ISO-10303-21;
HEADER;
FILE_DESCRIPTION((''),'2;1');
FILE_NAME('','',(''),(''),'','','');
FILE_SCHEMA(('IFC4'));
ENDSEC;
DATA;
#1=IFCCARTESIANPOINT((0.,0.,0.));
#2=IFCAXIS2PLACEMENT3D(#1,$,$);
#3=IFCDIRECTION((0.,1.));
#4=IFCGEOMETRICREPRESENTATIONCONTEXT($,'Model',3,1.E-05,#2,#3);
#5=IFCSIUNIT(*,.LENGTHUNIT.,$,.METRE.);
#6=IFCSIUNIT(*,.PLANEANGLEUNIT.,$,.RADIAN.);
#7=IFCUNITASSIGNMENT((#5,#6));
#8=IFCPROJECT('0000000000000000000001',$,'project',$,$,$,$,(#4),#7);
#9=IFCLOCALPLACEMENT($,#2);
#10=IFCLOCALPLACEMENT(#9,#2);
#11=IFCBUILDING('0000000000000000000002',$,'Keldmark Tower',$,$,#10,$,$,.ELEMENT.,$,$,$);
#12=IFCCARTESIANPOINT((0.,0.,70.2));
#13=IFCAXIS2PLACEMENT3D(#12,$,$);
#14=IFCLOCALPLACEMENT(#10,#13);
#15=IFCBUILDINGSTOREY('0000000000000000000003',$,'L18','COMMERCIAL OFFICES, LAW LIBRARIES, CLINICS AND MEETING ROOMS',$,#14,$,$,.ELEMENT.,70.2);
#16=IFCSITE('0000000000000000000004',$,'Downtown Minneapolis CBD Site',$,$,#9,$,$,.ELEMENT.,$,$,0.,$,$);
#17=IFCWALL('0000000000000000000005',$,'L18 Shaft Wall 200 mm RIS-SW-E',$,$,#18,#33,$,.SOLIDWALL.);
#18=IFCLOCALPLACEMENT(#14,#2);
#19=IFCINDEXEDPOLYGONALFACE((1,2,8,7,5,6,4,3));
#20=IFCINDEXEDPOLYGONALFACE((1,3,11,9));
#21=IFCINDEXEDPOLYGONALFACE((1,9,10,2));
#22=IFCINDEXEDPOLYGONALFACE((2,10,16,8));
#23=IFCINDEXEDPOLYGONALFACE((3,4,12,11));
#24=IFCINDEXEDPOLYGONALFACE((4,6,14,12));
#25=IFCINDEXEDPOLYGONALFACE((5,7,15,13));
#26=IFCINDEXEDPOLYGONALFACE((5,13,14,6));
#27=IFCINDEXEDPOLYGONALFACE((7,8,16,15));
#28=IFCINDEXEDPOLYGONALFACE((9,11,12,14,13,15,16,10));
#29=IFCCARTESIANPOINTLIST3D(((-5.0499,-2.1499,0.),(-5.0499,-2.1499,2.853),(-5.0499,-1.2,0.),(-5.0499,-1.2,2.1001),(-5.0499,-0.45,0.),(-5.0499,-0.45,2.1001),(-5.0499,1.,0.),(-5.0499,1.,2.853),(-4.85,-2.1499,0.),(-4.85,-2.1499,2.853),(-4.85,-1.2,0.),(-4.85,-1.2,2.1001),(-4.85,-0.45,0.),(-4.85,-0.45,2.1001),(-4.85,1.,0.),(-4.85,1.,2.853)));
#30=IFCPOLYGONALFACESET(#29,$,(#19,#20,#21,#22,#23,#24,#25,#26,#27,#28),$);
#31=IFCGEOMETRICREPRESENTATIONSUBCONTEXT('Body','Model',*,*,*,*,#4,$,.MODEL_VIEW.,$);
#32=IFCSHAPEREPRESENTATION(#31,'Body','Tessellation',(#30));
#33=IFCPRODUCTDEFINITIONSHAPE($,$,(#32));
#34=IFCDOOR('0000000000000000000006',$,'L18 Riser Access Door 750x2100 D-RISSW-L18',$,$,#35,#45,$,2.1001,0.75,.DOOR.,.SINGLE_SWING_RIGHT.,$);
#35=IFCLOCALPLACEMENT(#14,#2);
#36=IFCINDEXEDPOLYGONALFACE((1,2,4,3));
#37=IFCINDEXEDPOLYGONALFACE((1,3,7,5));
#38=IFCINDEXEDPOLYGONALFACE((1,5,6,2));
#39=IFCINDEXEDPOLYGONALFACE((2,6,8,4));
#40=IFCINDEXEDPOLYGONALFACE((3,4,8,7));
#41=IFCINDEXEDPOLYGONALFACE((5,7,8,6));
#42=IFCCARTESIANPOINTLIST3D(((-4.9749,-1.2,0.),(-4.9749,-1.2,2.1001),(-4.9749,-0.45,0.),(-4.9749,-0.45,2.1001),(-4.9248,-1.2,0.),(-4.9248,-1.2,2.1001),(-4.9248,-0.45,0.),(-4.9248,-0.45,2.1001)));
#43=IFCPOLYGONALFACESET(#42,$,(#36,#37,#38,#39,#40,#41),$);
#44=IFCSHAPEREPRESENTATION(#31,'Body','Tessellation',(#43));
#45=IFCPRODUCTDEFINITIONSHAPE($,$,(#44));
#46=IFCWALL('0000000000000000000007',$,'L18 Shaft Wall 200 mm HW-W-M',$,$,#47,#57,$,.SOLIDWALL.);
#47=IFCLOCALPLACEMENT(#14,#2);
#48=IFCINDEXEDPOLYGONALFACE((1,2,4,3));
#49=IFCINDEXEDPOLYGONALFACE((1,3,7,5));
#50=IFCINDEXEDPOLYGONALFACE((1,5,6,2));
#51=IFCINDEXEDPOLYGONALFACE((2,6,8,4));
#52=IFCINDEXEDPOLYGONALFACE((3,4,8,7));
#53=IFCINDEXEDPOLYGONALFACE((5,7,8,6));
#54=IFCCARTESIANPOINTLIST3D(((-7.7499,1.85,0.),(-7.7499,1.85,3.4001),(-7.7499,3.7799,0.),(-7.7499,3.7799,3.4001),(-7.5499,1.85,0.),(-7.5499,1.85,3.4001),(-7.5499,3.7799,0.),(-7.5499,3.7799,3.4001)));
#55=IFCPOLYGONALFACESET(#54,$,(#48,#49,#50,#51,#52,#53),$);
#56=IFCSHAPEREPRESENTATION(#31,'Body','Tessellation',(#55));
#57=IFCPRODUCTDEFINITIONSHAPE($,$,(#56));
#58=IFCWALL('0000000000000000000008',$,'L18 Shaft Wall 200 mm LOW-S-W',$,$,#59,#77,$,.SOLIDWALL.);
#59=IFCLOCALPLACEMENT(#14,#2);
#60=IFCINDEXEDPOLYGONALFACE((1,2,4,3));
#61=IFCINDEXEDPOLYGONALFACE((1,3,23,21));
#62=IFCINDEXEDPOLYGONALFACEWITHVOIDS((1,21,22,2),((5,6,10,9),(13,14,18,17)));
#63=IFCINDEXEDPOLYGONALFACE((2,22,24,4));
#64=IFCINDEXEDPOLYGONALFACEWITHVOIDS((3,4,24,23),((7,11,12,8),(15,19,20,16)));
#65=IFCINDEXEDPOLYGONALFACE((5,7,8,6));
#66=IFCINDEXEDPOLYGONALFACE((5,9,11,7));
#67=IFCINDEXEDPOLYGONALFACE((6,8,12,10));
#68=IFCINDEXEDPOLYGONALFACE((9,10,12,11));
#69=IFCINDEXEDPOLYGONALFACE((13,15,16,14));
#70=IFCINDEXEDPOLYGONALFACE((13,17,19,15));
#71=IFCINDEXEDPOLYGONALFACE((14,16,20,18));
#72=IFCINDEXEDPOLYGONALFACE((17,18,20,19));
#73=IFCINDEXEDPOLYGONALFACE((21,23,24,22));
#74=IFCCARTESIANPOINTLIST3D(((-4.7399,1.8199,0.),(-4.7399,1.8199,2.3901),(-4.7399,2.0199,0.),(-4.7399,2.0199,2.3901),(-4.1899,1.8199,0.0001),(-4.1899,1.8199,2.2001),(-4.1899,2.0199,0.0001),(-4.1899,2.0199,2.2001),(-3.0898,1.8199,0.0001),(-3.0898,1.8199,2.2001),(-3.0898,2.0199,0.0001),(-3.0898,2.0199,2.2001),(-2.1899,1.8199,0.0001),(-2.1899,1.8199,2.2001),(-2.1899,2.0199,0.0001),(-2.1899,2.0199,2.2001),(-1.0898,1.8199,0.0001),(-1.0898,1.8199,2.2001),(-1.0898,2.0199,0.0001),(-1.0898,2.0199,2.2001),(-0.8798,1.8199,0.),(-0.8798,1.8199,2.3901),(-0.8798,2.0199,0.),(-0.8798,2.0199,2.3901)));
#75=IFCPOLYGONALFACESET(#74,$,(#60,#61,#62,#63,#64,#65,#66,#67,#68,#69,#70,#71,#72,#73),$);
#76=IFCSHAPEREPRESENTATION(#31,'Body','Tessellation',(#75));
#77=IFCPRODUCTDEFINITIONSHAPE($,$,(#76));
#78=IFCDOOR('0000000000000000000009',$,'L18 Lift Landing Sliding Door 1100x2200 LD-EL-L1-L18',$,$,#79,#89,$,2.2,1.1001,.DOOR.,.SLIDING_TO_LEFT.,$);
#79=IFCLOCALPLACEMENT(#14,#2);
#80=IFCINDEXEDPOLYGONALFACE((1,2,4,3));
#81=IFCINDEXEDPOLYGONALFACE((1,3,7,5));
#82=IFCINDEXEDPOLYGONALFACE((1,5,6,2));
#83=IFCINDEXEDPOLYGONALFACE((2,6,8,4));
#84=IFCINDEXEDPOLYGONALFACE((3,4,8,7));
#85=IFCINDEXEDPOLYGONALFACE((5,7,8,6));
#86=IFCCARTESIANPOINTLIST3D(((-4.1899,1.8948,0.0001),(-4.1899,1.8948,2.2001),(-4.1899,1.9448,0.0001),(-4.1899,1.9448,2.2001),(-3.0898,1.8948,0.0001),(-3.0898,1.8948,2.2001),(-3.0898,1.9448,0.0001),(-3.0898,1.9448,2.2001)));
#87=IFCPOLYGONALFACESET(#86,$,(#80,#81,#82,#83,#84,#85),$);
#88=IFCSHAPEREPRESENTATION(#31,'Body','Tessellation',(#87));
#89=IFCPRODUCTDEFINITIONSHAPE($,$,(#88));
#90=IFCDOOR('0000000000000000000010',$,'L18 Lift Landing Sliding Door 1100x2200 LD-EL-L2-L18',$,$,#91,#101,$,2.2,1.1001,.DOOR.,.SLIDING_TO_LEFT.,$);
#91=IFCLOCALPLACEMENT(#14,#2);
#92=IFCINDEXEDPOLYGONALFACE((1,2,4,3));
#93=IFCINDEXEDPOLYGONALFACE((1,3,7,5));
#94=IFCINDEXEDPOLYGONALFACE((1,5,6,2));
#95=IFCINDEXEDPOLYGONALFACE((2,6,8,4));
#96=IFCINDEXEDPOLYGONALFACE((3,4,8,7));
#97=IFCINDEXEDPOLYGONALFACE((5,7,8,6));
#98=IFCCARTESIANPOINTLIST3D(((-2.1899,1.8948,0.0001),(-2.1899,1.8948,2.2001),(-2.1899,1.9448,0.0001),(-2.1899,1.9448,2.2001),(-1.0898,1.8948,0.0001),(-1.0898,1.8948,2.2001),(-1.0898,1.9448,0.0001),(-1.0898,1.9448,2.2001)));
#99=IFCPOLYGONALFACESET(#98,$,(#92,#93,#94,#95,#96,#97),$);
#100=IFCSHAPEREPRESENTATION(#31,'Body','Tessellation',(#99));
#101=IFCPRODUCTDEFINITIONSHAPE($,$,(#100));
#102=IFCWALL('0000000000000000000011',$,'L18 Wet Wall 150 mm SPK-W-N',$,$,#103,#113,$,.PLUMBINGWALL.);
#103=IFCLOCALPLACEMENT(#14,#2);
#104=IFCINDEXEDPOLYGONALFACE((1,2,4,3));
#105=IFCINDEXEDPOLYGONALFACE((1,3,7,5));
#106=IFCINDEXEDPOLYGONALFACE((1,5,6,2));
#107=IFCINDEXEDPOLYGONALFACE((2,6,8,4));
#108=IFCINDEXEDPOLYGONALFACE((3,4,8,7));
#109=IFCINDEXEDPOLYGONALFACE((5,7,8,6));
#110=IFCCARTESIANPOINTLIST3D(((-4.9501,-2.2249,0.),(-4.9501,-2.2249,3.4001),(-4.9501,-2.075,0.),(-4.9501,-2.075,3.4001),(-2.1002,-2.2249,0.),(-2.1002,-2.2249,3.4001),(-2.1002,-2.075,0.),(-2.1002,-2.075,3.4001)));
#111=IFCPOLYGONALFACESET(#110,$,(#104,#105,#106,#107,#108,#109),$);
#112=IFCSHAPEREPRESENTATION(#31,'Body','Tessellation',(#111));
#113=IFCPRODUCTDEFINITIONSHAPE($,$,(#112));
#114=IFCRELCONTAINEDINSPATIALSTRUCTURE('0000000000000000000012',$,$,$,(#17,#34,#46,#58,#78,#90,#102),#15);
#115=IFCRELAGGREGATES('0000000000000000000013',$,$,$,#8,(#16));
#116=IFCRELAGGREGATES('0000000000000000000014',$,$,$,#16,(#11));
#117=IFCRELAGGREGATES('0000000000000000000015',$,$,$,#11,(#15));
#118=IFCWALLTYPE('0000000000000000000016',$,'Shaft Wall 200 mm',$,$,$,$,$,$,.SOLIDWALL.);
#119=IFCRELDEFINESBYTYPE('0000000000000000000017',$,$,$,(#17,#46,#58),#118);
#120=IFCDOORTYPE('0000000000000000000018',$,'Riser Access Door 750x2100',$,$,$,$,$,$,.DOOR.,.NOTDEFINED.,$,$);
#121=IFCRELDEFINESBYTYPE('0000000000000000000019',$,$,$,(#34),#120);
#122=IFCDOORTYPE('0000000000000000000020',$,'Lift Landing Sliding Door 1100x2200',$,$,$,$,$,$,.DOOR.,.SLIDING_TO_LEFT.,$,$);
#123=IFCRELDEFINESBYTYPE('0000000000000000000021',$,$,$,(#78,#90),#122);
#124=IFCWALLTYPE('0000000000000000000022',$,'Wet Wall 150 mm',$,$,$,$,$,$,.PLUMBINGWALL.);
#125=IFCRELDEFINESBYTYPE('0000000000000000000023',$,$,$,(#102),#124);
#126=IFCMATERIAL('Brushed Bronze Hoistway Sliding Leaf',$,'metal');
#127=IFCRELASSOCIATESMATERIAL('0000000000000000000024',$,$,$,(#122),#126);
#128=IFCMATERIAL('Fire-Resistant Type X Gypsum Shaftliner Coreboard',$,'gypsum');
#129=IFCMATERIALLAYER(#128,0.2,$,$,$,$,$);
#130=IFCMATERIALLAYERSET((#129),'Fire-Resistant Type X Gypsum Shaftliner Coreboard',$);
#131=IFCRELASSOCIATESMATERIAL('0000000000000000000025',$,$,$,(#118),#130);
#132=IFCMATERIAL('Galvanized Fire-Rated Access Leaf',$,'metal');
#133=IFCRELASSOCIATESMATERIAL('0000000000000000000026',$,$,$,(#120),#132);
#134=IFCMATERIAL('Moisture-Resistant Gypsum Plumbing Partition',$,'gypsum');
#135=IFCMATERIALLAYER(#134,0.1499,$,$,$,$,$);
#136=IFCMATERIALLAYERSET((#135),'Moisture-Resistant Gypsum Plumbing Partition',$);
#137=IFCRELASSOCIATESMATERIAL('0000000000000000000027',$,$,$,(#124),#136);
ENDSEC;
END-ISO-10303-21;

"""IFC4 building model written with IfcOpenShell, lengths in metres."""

from ifc_helpers import new_model, si_unit, direction, frame, frame_2d, origin, place, context, subcontext, project, spatial, rectangle, extrude, material, layer, layer_set, type_object, element, fill, save


model = new_model("IFC4")

# Units and contexts
model_context = context("Model", 3, precision=1e-05, world=origin(), true_north=direction((0.0, 1.0)))
body_context = subcontext(model_context, "Body", "Model", "MODEL_VIEW")
ifc_project = project(units=[si_unit("LENGTHUNIT", "METRE"), si_unit("PLANEANGLEUNIT", "RADIAN")], contexts=[model_context])

# Site, building, storey
site_placement = place(None, origin())
site = spatial("IfcSite", under=ifc_project, at=site_placement, Name="Downtown Minneapolis CBD Site", CompositionType="ELEMENT", RefElevation=0.0)
building_placement = place(site_placement, origin())
building = spatial("IfcBuilding", under=site, at=building_placement, Name="Keldmark Tower", CompositionType="ELEMENT")
storey_placement = place(building_placement, frame((0.0, 0.0, 70.2)))
storey = spatial("IfcBuildingStorey", under=building, at=storey_placement, Name="L18", Description="COMMERCIAL OFFICES, LAW LIBRARIES, CLINICS AND MEETING ROOMS", CompositionType="ELEMENT", Elevation=70.2)

# Shared definitions
ifc_material_1 = material(Name="Brushed Bronze Hoistway Sliding Leaf", Category="metal")
door_type_1 = type_object("IfcDoorType", Name="Lift Landing Sliding Door 1100x2200", OperationType="SLIDING_TO_LEFT", PredefinedType="DOOR", material=ifc_material_1)

# Shared definitions
ifc_material_2 = material(Name="Fire-Resistant Type X Gypsum Shaftliner Coreboard", Category="gypsum")
ifc_layer_1 = layer(ifc_material_2, 0.2)
ifc_layer_set_1 = layer_set([ifc_layer_1], Name="Fire-Resistant Type X Gypsum Shaftliner Coreboard")
wall_type_1 = type_object("IfcWallType", Name="Shaft Wall 200 mm", PredefinedType="SOLIDWALL", material=ifc_layer_set_1)

# Wall, opening, door
wall_1_placement = place(storey_placement, frame((-4.95, -2.1499, 0.0), z_axis=(0.0, 0.0, 1.0), x_axis=(0.0, 1.0, 0.0)))
wall_1 = element("IfcWall", 1, at=wall_1_placement, inside=storey, type_object=wall_type_1, Name="L18 Shaft Wall 200 mm RIS-SW-E", PredefinedType="SOLIDWALL", context=body_context, shape_type="SweptSolid", body=[
    extrude(rectangle(XDim=3.1499, YDim=0.2, at=frame_2d((1.575, 0.0))), origin(), (0.0, 0.0, 1.0), 2.853),
])
opening_1_placement = place(wall_1_placement, frame((0.95, 0.0, 0.0)))
opening_1 = element("IfcOpeningElement", 2, at=opening_1_placement, cuts=wall_1, PredefinedType="OPENING", context=body_context, shape_type="SweptSolid", body=[
    extrude(rectangle(XDim=0.75, YDim=2.1001, at=frame_2d((0.375, 1.05))), frame((0.0, 0.1099, 0.0), z_axis=(0.0, -1.0, 0.0), x_axis=(1.0, 0.0, 0.0)), (0.0, 0.0, 1.0), 0.22),
])
ifc_material_3 = material(Name="Galvanized Fire-Rated Access Leaf", Category="metal")
door_type_2 = type_object("IfcDoorType", Name="Riser Access Door 750x2100", OperationType="NOTDEFINED", PredefinedType="DOOR", material=ifc_material_3)
door_1_placement = place(opening_1_placement, origin())
door_1 = element("IfcDoor", 3, at=door_1_placement, inside=storey, type_object=door_type_2, Name="L18 Riser Access Door 750x2100 D-RISSW-L18", OperationType="SINGLE_SWING_RIGHT", OverallHeight=2.1001, OverallWidth=0.75, PredefinedType="DOOR", context=body_context, shape_type="SweptSolid", body=[
    extrude(rectangle(XDim=0.75, YDim=2.1001, at=frame_2d((0.375, 1.05))), frame((0.0, 0.0249, 0.0), z_axis=(0.0, -1.0, 0.0), x_axis=(1.0, 0.0, 0.0)), (0.0, 0.0, 1.0), 0.05),
])
fill(opening_1, door_1)

# Wall
wall_2_placement = place(storey_placement, frame((-7.6499, 1.8501, 0.0), z_axis=(0.0, 0.0, 1.0), x_axis=(0.0, 1.0, 0.0)))
element("IfcWall", 4, at=wall_2_placement, inside=storey, type_object=wall_type_1, Name="L18 Shaft Wall 200 mm HW-W-M", PredefinedType="SOLIDWALL", context=body_context, shape_type="SweptSolid", body=[
    extrude(rectangle(XDim=1.9299, YDim=0.2, at=frame_2d((0.9648, 0.0))), origin(), (0.0, 0.0, 1.0), 3.4001),
])

# Wall, openings, doors
wall_3_placement = place(storey_placement, frame((-4.74, 1.9199, 0.0), z_axis=(0.0, 0.0, 1.0), x_axis=(1.0, 0.0, 0.0)))
wall_3 = element("IfcWall", 5, at=wall_3_placement, inside=storey, type_object=wall_type_1, Name="L18 Shaft Wall 200 mm LOW-S-W", PredefinedType="SOLIDWALL", context=body_context, shape_type="SweptSolid", body=[
    extrude(rectangle(XDim=3.8601, YDim=0.2, at=frame_2d((1.9302, 0.0))), origin(), (0.0, 0.0, 1.0), 2.3901),
])
opening_2_placement = place(wall_3_placement, frame((0.55, 0.0, 0.0)))
opening_2 = element("IfcOpeningElement", 6, at=opening_2_placement, cuts=wall_3, PredefinedType="OPENING", context=body_context, shape_type="SweptSolid", body=[
    extrude(rectangle(XDim=1.1001, YDim=2.2, at=frame_2d((0.55, 1.1001))), frame((0.0, 0.1099, 0.0), z_axis=(0.0, -1.0, 0.0), x_axis=(1.0, 0.0, 0.0)), (0.0, 0.0, 1.0), 0.22),
])
opening_3_placement = place(wall_3_placement, frame((2.55, 0.0, 0.0)))
opening_3 = element("IfcOpeningElement", 7, at=opening_3_placement, cuts=wall_3, PredefinedType="OPENING", context=body_context, shape_type="SweptSolid", body=[
    extrude(rectangle(XDim=1.1001, YDim=2.2, at=frame_2d((0.55, 1.1001))), frame((0.0, 0.1099, 0.0), z_axis=(0.0, -1.0, 0.0), x_axis=(1.0, 0.0, 0.0)), (0.0, 0.0, 1.0), 0.22),
])
door_2_placement = place(opening_2_placement, origin())
door_2 = element("IfcDoor", 8, at=door_2_placement, inside=storey, type_object=door_type_1, Name="L18 Lift Landing Sliding Door 1100x2200 LD-EL-L1-L18", OperationType="SLIDING_TO_LEFT", OverallHeight=2.2, OverallWidth=1.1001, PredefinedType="DOOR", context=body_context, shape_type="SweptSolid", body=[
    extrude(rectangle(XDim=1.1001, YDim=2.2, at=frame_2d((0.55, 1.1001))), frame((0.0, 0.0249, 0.0), z_axis=(0.0, -1.0, 0.0), x_axis=(1.0, 0.0, 0.0)), (0.0, 0.0, 1.0), 0.05),
])
fill(opening_2, door_2)
door_3_placement = place(opening_3_placement, origin())
door_3 = element("IfcDoor", 9, at=door_3_placement, inside=storey, type_object=door_type_1, Name="L18 Lift Landing Sliding Door 1100x2200 LD-EL-L2-L18", OperationType="SLIDING_TO_LEFT", OverallHeight=2.2, OverallWidth=1.1001, PredefinedType="DOOR", context=body_context, shape_type="SweptSolid", body=[
    extrude(rectangle(XDim=1.1001, YDim=2.2, at=frame_2d((0.55, 1.1001))), frame((0.0, 0.0249, 0.0), z_axis=(0.0, -1.0, 0.0), x_axis=(1.0, 0.0, 0.0)), (0.0, 0.0, 1.0), 0.05),
])
fill(opening_3, door_3)

# Wall
ifc_material_4 = material(Name="Moisture-Resistant Gypsum Plumbing Partition", Category="gypsum")
ifc_layer_2 = layer(ifc_material_4, 0.1499)
ifc_layer_set_2 = layer_set([ifc_layer_2], Name="Moisture-Resistant Gypsum Plumbing Partition")
wall_type_2 = type_object("IfcWallType", Name="Wet Wall 150 mm", PredefinedType="PLUMBINGWALL", material=ifc_layer_set_2)
wall_4_placement = place(storey_placement, frame((-4.95, -2.1499, 0.0), z_axis=(0.0, 0.0, 1.0), x_axis=(1.0, 0.0, 0.0)))
element("IfcWall", 10, at=wall_4_placement, inside=storey, type_object=wall_type_2, Name="L18 Wet Wall 150 mm SPK-W-N", PredefinedType="PLUMBINGWALL", context=body_context, shape_type="SweptSolid", body=[
    extrude(rectangle(XDim=2.8499, YDim=0.1499, at=frame_2d((1.4248, 0.0))), origin(), (0.0, 0.0, 1.0), 3.4001),
])

save(model, "model.ifc")
